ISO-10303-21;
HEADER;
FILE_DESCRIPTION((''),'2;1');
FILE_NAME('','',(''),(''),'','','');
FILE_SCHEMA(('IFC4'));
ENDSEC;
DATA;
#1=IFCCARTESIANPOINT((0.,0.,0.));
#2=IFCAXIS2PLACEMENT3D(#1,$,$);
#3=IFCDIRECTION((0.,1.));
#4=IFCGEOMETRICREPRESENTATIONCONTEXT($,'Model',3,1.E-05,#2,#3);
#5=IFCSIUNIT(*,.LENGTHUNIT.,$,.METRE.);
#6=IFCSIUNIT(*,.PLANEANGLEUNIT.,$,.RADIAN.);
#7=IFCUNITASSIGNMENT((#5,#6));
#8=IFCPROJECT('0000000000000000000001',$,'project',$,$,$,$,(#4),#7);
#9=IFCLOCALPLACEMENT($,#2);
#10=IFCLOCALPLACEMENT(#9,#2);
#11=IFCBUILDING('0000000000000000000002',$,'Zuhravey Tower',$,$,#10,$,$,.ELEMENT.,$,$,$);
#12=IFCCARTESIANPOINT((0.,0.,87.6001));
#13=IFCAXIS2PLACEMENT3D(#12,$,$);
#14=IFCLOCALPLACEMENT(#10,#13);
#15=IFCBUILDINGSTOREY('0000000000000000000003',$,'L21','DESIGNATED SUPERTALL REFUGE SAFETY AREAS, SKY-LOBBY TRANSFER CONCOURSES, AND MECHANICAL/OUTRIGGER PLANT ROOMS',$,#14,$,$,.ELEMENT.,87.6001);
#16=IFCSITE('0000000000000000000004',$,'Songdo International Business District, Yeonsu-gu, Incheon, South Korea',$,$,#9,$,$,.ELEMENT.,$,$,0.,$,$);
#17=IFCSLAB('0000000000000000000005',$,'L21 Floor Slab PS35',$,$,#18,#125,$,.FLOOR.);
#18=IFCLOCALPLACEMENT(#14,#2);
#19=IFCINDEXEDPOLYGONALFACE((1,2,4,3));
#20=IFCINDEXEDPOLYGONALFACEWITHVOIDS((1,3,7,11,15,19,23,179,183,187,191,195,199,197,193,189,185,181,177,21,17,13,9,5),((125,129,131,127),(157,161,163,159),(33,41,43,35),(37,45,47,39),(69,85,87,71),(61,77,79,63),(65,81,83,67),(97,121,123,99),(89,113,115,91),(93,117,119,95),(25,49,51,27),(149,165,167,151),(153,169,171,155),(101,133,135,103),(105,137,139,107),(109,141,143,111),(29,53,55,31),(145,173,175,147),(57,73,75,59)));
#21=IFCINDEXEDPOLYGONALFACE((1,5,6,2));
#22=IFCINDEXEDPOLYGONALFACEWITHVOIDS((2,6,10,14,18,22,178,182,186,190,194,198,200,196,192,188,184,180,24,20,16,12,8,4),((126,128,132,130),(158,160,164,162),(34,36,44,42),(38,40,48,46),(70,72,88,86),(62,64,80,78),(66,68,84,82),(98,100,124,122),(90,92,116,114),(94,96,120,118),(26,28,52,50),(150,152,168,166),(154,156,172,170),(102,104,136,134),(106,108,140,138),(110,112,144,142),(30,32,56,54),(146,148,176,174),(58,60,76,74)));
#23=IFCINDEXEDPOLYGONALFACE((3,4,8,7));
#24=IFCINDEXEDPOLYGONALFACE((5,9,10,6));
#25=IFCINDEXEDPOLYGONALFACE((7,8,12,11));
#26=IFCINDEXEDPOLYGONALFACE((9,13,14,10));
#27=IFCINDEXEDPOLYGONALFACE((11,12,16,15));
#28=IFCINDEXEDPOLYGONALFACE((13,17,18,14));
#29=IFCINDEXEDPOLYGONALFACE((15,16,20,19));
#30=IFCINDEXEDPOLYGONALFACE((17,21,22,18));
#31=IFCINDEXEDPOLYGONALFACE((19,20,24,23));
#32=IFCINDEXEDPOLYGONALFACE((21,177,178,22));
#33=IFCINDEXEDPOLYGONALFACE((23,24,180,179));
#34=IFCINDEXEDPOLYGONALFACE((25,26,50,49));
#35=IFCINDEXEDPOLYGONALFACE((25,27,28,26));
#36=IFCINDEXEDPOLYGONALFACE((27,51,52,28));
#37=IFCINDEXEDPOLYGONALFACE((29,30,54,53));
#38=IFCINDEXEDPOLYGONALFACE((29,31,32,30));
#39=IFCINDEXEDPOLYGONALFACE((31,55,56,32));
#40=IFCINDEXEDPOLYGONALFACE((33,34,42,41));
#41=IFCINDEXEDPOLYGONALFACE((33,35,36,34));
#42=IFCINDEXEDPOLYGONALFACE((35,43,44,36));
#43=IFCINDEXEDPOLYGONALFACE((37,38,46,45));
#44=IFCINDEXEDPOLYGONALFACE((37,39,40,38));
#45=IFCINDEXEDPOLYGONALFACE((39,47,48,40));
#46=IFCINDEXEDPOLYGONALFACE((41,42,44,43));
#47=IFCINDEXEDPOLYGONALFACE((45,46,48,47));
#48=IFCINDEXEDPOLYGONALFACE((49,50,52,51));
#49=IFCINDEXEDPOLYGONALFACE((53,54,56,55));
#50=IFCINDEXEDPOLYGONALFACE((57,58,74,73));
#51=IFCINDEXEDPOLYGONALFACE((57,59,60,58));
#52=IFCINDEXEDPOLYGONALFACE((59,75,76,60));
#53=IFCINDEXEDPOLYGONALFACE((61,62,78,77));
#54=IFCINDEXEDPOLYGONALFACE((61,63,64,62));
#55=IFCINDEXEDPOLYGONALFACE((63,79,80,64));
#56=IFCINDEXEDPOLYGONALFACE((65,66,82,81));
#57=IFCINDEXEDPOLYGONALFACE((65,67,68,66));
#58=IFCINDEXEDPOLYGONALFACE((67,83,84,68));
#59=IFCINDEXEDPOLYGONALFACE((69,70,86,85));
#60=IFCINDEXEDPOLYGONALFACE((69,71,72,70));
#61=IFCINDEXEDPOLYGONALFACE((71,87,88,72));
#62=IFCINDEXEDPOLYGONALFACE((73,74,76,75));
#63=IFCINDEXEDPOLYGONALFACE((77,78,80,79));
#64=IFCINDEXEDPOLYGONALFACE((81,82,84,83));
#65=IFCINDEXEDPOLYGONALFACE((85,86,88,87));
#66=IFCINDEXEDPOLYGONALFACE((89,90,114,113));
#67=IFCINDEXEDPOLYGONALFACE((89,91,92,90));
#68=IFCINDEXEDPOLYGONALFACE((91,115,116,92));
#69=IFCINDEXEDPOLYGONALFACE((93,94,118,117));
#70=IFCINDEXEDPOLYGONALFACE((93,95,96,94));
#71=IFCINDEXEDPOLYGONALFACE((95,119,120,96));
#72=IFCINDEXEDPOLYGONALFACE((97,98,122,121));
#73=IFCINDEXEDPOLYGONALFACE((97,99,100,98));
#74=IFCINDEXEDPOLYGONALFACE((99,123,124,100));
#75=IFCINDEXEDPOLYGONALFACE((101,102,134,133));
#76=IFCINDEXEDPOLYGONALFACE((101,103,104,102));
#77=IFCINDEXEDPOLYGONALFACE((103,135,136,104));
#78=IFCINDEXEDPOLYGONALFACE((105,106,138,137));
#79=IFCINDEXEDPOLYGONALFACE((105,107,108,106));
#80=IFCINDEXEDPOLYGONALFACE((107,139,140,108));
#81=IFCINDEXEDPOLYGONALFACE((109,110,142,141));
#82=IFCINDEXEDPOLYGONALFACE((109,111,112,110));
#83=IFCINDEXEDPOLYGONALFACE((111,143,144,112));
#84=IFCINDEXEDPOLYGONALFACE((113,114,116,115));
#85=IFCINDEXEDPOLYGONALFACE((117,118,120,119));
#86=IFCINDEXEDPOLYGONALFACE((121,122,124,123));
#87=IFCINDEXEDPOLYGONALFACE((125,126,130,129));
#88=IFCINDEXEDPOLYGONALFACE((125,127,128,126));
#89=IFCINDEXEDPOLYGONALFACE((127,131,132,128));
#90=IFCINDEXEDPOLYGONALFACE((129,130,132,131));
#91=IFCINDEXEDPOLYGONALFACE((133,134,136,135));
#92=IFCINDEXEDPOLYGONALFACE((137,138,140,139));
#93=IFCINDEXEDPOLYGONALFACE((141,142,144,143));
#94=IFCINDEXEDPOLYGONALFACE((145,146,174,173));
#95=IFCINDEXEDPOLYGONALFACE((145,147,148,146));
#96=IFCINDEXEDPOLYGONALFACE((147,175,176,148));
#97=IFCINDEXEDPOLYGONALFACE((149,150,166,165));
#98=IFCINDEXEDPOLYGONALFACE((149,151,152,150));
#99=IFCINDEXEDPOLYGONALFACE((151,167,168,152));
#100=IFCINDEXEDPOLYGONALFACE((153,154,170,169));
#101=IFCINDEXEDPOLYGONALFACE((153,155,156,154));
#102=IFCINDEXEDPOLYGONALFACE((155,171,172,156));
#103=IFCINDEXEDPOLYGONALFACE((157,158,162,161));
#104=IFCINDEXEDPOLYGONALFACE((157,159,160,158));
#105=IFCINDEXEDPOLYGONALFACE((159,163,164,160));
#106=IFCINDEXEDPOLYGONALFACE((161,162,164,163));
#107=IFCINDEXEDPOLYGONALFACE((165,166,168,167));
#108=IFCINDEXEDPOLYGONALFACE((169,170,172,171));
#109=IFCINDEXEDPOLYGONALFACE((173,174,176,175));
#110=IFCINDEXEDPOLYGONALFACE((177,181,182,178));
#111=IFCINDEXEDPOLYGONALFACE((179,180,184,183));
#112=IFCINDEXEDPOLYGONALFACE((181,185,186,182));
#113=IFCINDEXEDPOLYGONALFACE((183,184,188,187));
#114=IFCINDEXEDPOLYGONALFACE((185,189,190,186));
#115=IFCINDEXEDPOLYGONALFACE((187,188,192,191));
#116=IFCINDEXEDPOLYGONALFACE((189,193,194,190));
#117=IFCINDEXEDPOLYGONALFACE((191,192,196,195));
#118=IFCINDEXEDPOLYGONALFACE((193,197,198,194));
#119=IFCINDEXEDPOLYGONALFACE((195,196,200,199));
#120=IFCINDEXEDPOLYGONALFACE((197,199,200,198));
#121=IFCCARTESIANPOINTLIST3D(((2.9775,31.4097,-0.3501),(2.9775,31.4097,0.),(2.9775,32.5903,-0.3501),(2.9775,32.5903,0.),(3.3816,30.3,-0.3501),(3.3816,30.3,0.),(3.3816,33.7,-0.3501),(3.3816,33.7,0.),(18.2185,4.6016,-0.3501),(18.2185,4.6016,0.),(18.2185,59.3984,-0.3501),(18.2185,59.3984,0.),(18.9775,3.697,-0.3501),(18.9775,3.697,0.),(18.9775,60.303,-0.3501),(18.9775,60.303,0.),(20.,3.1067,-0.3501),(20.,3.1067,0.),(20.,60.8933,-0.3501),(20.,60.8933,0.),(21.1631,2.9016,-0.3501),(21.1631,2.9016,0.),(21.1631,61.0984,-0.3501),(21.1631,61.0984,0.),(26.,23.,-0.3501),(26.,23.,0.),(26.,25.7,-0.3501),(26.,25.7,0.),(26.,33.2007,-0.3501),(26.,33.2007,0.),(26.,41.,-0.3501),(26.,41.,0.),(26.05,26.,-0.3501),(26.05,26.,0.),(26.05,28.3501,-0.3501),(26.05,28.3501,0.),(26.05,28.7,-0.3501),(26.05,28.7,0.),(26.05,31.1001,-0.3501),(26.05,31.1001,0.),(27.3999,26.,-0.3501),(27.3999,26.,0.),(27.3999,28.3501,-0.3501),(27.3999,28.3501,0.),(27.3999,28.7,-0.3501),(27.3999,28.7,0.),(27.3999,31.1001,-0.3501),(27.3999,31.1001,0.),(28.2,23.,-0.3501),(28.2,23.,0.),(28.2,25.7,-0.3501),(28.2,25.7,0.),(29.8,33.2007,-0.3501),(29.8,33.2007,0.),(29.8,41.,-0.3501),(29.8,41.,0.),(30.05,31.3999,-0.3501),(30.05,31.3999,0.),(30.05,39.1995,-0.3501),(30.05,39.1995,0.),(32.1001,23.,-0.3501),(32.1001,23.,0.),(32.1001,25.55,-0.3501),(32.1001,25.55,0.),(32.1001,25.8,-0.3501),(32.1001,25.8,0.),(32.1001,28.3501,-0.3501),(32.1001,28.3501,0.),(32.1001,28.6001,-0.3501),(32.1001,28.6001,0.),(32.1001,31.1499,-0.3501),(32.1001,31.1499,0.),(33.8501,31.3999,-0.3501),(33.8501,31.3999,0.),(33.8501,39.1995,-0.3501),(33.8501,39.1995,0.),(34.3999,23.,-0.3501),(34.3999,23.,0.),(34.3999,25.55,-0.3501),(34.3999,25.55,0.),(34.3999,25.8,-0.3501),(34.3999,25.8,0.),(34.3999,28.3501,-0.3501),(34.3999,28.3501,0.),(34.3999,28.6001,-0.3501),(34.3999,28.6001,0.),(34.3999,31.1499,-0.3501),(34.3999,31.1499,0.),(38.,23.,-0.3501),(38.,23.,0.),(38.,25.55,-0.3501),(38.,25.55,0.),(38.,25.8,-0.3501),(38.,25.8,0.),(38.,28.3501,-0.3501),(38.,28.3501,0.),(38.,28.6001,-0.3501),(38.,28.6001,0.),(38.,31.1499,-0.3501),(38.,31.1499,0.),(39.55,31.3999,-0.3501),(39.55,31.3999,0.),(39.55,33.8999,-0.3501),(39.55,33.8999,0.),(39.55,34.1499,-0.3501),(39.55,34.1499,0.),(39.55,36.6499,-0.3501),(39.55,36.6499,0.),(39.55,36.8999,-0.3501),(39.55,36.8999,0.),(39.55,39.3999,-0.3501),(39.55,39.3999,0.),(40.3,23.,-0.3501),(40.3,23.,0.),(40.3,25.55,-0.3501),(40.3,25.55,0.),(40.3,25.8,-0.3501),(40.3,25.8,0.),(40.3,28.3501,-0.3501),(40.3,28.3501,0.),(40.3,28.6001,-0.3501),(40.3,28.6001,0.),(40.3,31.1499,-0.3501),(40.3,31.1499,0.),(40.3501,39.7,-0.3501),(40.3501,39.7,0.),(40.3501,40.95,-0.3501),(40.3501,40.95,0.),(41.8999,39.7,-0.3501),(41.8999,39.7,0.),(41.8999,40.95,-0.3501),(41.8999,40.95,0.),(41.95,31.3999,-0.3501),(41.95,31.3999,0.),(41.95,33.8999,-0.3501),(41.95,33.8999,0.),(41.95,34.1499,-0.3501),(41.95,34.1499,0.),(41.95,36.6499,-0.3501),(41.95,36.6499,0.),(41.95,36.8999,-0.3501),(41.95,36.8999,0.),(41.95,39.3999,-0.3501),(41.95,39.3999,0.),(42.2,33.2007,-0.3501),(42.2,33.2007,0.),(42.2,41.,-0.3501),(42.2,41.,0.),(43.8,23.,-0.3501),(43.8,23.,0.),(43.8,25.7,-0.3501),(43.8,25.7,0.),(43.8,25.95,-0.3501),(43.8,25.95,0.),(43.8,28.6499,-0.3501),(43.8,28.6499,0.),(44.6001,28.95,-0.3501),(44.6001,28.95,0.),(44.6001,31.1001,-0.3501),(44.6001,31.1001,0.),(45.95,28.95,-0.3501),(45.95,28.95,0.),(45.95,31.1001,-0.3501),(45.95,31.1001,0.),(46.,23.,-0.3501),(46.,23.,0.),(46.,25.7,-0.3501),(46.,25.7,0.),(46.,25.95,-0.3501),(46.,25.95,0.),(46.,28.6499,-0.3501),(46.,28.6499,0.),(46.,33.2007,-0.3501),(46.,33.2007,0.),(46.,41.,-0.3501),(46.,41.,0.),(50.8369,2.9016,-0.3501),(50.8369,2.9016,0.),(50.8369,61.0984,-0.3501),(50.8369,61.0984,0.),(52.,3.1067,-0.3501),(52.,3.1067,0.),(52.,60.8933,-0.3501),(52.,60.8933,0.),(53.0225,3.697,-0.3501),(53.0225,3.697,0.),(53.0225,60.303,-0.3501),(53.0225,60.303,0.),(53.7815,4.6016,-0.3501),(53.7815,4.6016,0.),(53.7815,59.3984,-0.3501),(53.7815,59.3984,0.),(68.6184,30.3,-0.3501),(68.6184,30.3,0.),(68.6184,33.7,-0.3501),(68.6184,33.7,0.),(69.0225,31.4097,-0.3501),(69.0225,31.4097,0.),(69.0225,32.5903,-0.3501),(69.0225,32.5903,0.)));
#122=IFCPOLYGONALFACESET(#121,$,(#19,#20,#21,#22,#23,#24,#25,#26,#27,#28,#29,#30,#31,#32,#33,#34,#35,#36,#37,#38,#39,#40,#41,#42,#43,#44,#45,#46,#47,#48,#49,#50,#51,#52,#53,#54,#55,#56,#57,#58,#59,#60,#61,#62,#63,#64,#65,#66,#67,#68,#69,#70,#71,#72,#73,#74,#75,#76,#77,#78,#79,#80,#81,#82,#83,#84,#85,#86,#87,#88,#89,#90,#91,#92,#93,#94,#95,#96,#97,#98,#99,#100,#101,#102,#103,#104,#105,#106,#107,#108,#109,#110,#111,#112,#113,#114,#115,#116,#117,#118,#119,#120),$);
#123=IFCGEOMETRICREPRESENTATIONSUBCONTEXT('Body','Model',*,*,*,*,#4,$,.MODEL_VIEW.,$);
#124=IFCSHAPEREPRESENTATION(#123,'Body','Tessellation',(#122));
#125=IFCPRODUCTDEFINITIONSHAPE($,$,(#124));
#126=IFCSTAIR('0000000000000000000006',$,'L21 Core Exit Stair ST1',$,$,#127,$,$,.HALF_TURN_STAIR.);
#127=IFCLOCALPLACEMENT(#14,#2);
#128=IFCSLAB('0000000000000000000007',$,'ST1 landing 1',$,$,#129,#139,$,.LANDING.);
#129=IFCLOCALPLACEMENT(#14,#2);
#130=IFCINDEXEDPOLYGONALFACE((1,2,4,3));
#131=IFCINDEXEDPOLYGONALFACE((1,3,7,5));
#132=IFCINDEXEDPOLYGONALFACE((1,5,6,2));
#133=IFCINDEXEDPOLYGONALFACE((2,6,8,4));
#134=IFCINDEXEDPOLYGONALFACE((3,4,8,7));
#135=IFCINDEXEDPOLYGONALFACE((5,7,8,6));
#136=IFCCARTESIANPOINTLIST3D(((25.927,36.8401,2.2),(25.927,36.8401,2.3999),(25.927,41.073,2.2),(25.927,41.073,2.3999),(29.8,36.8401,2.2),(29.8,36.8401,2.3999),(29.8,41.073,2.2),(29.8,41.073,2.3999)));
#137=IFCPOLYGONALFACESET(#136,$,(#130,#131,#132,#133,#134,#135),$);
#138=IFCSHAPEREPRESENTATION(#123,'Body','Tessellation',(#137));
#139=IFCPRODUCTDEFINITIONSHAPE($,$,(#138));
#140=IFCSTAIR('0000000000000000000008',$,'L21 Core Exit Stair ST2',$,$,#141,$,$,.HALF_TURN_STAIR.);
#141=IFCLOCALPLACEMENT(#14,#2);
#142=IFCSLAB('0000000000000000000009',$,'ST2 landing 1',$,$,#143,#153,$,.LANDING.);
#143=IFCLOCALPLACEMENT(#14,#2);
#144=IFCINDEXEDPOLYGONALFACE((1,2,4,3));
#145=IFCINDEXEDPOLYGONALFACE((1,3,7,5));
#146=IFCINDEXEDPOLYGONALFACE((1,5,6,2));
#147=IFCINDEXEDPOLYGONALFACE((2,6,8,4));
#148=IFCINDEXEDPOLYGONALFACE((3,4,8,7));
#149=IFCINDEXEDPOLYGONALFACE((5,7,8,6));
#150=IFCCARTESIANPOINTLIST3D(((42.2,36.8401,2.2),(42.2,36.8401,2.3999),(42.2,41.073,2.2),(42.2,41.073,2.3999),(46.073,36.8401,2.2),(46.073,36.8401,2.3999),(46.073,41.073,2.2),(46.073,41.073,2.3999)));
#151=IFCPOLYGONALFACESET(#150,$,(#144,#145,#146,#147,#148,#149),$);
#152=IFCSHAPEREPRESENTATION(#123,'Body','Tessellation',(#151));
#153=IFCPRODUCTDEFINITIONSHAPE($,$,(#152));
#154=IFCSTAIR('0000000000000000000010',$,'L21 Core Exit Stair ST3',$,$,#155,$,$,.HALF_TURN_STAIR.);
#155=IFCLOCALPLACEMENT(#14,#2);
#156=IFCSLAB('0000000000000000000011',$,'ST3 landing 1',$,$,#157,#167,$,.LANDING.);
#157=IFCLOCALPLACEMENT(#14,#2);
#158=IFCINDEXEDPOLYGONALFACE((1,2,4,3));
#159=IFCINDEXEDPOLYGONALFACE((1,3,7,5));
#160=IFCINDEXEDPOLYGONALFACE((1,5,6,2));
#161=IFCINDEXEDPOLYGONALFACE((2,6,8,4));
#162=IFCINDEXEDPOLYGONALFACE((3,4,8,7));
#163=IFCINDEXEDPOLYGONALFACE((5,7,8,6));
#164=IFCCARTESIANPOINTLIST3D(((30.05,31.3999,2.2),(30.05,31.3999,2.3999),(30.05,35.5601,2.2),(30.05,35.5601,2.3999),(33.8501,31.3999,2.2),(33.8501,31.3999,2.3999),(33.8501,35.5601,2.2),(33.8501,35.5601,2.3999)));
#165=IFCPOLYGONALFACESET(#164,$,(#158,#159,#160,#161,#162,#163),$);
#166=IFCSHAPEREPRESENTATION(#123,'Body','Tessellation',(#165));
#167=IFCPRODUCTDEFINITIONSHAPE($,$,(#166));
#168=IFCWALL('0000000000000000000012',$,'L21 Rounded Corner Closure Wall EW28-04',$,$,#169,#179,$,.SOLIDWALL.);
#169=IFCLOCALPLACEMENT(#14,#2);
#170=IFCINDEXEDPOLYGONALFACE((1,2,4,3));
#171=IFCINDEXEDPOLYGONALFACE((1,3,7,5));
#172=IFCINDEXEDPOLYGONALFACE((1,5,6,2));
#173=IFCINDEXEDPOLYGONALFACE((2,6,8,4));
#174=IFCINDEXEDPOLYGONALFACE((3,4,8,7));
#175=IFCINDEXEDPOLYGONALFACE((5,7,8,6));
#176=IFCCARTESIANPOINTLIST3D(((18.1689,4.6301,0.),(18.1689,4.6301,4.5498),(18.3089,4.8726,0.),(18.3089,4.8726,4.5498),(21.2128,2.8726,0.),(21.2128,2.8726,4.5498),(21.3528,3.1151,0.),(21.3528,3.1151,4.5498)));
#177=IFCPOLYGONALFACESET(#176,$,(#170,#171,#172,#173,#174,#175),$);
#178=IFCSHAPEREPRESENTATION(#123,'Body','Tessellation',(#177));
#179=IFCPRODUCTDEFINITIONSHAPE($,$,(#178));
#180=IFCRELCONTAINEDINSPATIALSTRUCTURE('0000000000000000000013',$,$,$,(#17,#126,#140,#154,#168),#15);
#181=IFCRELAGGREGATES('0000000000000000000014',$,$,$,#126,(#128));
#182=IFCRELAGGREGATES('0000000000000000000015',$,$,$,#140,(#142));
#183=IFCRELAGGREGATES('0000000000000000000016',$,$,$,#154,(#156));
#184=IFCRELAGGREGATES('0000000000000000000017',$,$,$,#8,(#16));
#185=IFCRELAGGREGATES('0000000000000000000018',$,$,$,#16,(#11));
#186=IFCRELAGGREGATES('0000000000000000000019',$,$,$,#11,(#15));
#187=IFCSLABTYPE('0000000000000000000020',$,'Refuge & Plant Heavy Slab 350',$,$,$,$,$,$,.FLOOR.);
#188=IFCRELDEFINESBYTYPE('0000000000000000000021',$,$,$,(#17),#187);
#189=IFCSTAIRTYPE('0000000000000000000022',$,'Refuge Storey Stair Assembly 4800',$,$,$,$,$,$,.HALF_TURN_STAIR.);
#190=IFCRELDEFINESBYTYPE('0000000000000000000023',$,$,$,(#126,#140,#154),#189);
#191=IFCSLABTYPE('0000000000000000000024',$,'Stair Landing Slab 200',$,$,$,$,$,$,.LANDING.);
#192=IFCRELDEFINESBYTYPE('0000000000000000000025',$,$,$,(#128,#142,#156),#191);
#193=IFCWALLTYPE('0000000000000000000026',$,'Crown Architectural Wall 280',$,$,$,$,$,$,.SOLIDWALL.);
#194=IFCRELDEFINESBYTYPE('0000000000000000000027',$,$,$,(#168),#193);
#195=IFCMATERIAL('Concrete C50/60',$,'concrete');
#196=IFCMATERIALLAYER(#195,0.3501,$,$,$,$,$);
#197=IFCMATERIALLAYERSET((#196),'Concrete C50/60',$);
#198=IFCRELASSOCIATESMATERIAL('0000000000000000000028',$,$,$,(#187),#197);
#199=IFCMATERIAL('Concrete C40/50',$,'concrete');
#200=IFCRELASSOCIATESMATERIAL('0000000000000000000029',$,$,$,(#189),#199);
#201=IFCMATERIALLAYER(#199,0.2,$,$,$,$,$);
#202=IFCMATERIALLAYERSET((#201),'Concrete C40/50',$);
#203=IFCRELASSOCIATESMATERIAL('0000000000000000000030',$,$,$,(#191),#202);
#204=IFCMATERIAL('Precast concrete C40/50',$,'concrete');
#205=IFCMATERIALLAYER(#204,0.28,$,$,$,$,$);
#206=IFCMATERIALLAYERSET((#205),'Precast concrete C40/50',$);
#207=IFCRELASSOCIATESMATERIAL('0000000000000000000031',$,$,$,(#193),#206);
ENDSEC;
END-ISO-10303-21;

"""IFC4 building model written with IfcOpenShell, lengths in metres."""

from ifc_helpers import new_model, si_unit, direction, frame, frame_2d, origin, place, context, subcontext, project, spatial, polyline, rectangle, outline, extrude, material, layer, layer_set, type_object, element, aggregate, save


model = new_model("IFC4")

# Units and contexts
model_context = context("Model", 3, precision=1e-05, world=origin(), true_north=direction((0.0, 1.0)))
body_context = subcontext(model_context, "Body", "Model", "MODEL_VIEW")
ifc_project = project(units=[si_unit("LENGTHUNIT", "METRE"), si_unit("PLANEANGLEUNIT", "RADIAN")], contexts=[model_context])

# Site, building, storey
site_placement = place(None, origin())
site = spatial("IfcSite", under=ifc_project, at=site_placement, Name="Songdo International Business District, Yeonsu-gu, Incheon, South Korea", CompositionType="ELEMENT", RefElevation=0.0)
building_placement = place(site_placement, origin())
building = spatial("IfcBuilding", under=site, at=building_placement, Name="Zuhravey Tower", CompositionType="ELEMENT")
storey_placement = place(building_placement, frame((0.0, 0.0, 87.6001)))
storey = spatial("IfcBuildingStorey", under=building, at=storey_placement, Name="L21", Description="DESIGNATED SUPERTALL REFUGE SAFETY AREAS, SKY-LOBBY TRANSFER CONCOURSES, AND MECHANICAL/OUTRIGGER PLANT ROOMS", CompositionType="ELEMENT", Elevation=87.6001)

# Slab
ifc_material_1 = material(Name="Concrete C50/60", Category="concrete")
ifc_layer_1 = layer(ifc_material_1, 0.3501)
ifc_layer_set_1 = layer_set([ifc_layer_1], Name="Concrete C50/60")
slab_type_1 = type_object("IfcSlabType", Name="Refuge & Plant Heavy Slab 350", PredefinedType="FLOOR", material=ifc_layer_set_1)
slab_1_placement = place(storey_placement, frame((0.0, 0.0, -0.3501)))
element("IfcSlab", 1, at=slab_1_placement, inside=storey, type_object=slab_type_1, Name="L21 Floor Slab PS35", PredefinedType="FLOOR", context=body_context, shape_type="SweptSolid", body=[
    extrude(outline(polyline([(68.6184, 30.3), (69.0225, 31.4097), (69.0225, 32.5903), (68.6184, 33.7), (53.7815, 59.3984), (53.0225, 60.303), (52.0, 60.8933), (50.8369, 61.0984), (21.1631, 61.0984), (20.0, 60.8933), (18.9775, 60.303), (18.2185, 59.3984), (3.3816, 33.7), (2.9775, 32.5903), (2.9775, 31.4097), (3.3816, 30.3), (18.2185, 4.6016), (18.9775, 3.697), (20.0, 3.1067), (21.1631, 2.9016), (50.8369, 2.9016), (52.0, 3.1067), (53.0225, 3.697), (53.7815, 4.6016), (68.6184, 30.3)]), holes=[polyline([(29.8, 33.2007), (29.8, 41.0), (26.0, 41.0), (26.0, 33.2007), (29.8, 33.2007)]), polyline([(46.0, 33.2007), (46.0, 41.0), (42.2, 41.0), (42.2, 33.2007), (46.0, 33.2007)]), polyline([(30.05, 39.1995), (30.05, 31.3999), (33.8501, 31.3999), (33.8501, 39.1995), (30.05, 39.1995)]), polyline([(32.1001, 23.0), (34.3999, 23.0), (34.3999, 25.55), (32.1001, 25.55), (32.1001, 23.0)]), polyline([(32.1001, 25.8), (34.3999, 25.8), (34.3999, 28.3501), (32.1001, 28.3501), (32.1001, 25.8)]), polyline([(32.1001, 28.6001), (34.3999, 28.6001), (34.3999, 31.1499), (32.1001, 31.1499), (32.1001, 28.6001)]), polyline([(38.0, 23.0), (40.3, 23.0), (40.3, 25.55), (38.0, 25.55), (38.0, 23.0)]), polyline([(38.0, 25.8), (40.3, 25.8), (40.3, 28.3501), (38.0, 28.3501), (38.0, 25.8)]), polyline([(38.0, 28.6001), (40.3, 28.6001), (40.3, 31.1499), (38.0, 31.1499), (38.0, 28.6001)]), polyline([(39.55, 31.3999), (41.95, 31.3999), (41.95, 33.8999), (39.55, 33.8999), (39.55, 31.3999)]), polyline([(39.55, 34.1499), (41.95, 34.1499), (41.95, 36.6499), (39.55, 36.6499), (39.55, 34.1499)]), polyline([(39.55, 36.8999), (41.95, 36.8999), (41.95, 39.3999), (39.55, 39.3999), (39.55, 36.8999)]), polyline([(26.0, 23.0), (28.2, 23.0), (28.2, 25.7), (26.0, 25.7), (26.0, 23.0)]), polyline([(43.8, 23.0), (46.0, 23.0), (46.0, 25.7), (43.8, 25.7), (43.8, 23.0)]), polyline([(43.8, 25.95), (46.0, 25.95), (46.0, 28.6499), (43.8, 28.6499), (43.8, 25.95)]), polyline([(26.05, 26.0), (27.3999, 26.0), (27.3999, 28.3501), (26.05, 28.3501), (26.05, 26.0)]), polyline([(26.05, 28.7), (27.3999, 28.7), (27.3999, 31.1001), (26.05, 31.1001), (26.05, 28.7)]), polyline([(44.6001, 28.95), (45.95, 28.95), (45.95, 31.1001), (44.6001, 31.1001), (44.6001, 28.95)]), polyline([(40.3501, 39.7), (41.8999, 39.7), (41.8999, 40.95), (40.3501, 40.95), (40.3501, 39.7)])]), origin(), (0.0, 0.0, 1.0), 0.3501),
])

# Stairs, slabs
ifc_material_2 = material(Name="Concrete C40/50", Category="concrete")
stair_type = type_object("IfcStairType", Name="Refuge Storey Stair Assembly 4800", PredefinedType="HALF_TURN_STAIR", material=ifc_material_2)
stair_1_placement = place(storey_placement, origin())
stair_1 = element("IfcStair", 2, at=stair_1_placement, inside=storey, type_object=stair_type, Name="L21 Core Exit Stair ST1", PredefinedType="HALF_TURN_STAIR")
ifc_layer_2 = layer(ifc_material_2, 0.2)
ifc_layer_set_2 = layer_set([ifc_layer_2], Name="Concrete C40/50")
slab_type_2 = type_object("IfcSlabType", Name="Stair Landing Slab 200", PredefinedType="LANDING", material=ifc_layer_set_2)
slab_2_placement = place(storey_placement, frame((0.0, 0.0, 2.2)))
slab_2 = element("IfcSlab", 3, at=slab_2_placement, type_object=slab_type_2, Name="ST1 landing 1", PredefinedType="LANDING", context=body_context, shape_type="SweptSolid", body=[
    extrude(outline(polyline([(29.8, 36.8401), (29.8, 41.073), (25.927, 41.073), (25.927, 36.8401), (29.8, 36.8401)])), origin(), (0.0, 0.0, 1.0), 0.2),
])
aggregate(stair_1, [slab_2])
stair_2_placement = place(storey_placement, origin())
stair_2 = element("IfcStair", 4, at=stair_2_placement, inside=storey, type_object=stair_type, Name="L21 Core Exit Stair ST2", PredefinedType="HALF_TURN_STAIR")
slab_3_placement = place(storey_placement, frame((0.0, 0.0, 2.2)))
slab_3 = element("IfcSlab", 5, at=slab_3_placement, type_object=slab_type_2, Name="ST2 landing 1", PredefinedType="LANDING", context=body_context, shape_type="SweptSolid", body=[
    extrude(outline(polyline([(46.073, 36.8401), (46.073, 41.073), (42.2, 41.073), (42.2, 36.8401), (46.073, 36.8401)])), origin(), (0.0, 0.0, 1.0), 0.2),
])
aggregate(stair_2, [slab_3])
stair_3_placement = place(storey_placement, origin())
stair_3 = element("IfcStair", 6, at=stair_3_placement, inside=storey, type_object=stair_type, Name="L21 Core Exit Stair ST3", PredefinedType="HALF_TURN_STAIR")
slab_4_placement = place(storey_placement, frame((0.0, 0.0, 2.2)))
slab_4 = element("IfcSlab", 7, at=slab_4_placement, type_object=slab_type_2, Name="ST3 landing 1", PredefinedType="LANDING", context=body_context, shape_type="SweptSolid", body=[
    extrude(outline(polyline([(30.05, 35.5601), (30.05, 31.3999), (33.8501, 31.3999), (33.8501, 35.5601), (30.05, 35.5601)])), origin(), (0.0, 0.0, 1.0), 0.2),
])
aggregate(stair_3, [slab_4])

# Wall
ifc_material_3 = material(Name="Precast concrete C40/50", Category="concrete")
ifc_layer_3 = layer(ifc_material_3, 0.28)
ifc_layer_set_3 = layer_set([ifc_layer_3], Name="Precast concrete C40/50")
wall_type_1 = type_object("IfcWallType", Name="Crown Architectural Wall 280", PredefinedType="SOLIDWALL", material=ifc_layer_set_3)
wall_1_placement = place(storey_placement, frame((21.2827, 2.9939, 0.0), z_axis=(0.0, 0.0, 1.0), x_axis=(-0.866007, 0.500031, 0.0)))
element("IfcWall", 8, at=wall_1_placement, inside=storey, type_object=wall_type_1, Name="L21 Rounded Corner Closure Wall EW28-04", PredefinedType="SOLIDWALL", context=body_context, shape_type="SweptSolid", body=[
    extrude(rectangle(XDim=3.5149, YDim=0.28, at=frame_2d((1.7573, 0.0))), origin(), (0.0, 0.0, 1.0), 4.5498),
])

save(model, "model.ifc")
